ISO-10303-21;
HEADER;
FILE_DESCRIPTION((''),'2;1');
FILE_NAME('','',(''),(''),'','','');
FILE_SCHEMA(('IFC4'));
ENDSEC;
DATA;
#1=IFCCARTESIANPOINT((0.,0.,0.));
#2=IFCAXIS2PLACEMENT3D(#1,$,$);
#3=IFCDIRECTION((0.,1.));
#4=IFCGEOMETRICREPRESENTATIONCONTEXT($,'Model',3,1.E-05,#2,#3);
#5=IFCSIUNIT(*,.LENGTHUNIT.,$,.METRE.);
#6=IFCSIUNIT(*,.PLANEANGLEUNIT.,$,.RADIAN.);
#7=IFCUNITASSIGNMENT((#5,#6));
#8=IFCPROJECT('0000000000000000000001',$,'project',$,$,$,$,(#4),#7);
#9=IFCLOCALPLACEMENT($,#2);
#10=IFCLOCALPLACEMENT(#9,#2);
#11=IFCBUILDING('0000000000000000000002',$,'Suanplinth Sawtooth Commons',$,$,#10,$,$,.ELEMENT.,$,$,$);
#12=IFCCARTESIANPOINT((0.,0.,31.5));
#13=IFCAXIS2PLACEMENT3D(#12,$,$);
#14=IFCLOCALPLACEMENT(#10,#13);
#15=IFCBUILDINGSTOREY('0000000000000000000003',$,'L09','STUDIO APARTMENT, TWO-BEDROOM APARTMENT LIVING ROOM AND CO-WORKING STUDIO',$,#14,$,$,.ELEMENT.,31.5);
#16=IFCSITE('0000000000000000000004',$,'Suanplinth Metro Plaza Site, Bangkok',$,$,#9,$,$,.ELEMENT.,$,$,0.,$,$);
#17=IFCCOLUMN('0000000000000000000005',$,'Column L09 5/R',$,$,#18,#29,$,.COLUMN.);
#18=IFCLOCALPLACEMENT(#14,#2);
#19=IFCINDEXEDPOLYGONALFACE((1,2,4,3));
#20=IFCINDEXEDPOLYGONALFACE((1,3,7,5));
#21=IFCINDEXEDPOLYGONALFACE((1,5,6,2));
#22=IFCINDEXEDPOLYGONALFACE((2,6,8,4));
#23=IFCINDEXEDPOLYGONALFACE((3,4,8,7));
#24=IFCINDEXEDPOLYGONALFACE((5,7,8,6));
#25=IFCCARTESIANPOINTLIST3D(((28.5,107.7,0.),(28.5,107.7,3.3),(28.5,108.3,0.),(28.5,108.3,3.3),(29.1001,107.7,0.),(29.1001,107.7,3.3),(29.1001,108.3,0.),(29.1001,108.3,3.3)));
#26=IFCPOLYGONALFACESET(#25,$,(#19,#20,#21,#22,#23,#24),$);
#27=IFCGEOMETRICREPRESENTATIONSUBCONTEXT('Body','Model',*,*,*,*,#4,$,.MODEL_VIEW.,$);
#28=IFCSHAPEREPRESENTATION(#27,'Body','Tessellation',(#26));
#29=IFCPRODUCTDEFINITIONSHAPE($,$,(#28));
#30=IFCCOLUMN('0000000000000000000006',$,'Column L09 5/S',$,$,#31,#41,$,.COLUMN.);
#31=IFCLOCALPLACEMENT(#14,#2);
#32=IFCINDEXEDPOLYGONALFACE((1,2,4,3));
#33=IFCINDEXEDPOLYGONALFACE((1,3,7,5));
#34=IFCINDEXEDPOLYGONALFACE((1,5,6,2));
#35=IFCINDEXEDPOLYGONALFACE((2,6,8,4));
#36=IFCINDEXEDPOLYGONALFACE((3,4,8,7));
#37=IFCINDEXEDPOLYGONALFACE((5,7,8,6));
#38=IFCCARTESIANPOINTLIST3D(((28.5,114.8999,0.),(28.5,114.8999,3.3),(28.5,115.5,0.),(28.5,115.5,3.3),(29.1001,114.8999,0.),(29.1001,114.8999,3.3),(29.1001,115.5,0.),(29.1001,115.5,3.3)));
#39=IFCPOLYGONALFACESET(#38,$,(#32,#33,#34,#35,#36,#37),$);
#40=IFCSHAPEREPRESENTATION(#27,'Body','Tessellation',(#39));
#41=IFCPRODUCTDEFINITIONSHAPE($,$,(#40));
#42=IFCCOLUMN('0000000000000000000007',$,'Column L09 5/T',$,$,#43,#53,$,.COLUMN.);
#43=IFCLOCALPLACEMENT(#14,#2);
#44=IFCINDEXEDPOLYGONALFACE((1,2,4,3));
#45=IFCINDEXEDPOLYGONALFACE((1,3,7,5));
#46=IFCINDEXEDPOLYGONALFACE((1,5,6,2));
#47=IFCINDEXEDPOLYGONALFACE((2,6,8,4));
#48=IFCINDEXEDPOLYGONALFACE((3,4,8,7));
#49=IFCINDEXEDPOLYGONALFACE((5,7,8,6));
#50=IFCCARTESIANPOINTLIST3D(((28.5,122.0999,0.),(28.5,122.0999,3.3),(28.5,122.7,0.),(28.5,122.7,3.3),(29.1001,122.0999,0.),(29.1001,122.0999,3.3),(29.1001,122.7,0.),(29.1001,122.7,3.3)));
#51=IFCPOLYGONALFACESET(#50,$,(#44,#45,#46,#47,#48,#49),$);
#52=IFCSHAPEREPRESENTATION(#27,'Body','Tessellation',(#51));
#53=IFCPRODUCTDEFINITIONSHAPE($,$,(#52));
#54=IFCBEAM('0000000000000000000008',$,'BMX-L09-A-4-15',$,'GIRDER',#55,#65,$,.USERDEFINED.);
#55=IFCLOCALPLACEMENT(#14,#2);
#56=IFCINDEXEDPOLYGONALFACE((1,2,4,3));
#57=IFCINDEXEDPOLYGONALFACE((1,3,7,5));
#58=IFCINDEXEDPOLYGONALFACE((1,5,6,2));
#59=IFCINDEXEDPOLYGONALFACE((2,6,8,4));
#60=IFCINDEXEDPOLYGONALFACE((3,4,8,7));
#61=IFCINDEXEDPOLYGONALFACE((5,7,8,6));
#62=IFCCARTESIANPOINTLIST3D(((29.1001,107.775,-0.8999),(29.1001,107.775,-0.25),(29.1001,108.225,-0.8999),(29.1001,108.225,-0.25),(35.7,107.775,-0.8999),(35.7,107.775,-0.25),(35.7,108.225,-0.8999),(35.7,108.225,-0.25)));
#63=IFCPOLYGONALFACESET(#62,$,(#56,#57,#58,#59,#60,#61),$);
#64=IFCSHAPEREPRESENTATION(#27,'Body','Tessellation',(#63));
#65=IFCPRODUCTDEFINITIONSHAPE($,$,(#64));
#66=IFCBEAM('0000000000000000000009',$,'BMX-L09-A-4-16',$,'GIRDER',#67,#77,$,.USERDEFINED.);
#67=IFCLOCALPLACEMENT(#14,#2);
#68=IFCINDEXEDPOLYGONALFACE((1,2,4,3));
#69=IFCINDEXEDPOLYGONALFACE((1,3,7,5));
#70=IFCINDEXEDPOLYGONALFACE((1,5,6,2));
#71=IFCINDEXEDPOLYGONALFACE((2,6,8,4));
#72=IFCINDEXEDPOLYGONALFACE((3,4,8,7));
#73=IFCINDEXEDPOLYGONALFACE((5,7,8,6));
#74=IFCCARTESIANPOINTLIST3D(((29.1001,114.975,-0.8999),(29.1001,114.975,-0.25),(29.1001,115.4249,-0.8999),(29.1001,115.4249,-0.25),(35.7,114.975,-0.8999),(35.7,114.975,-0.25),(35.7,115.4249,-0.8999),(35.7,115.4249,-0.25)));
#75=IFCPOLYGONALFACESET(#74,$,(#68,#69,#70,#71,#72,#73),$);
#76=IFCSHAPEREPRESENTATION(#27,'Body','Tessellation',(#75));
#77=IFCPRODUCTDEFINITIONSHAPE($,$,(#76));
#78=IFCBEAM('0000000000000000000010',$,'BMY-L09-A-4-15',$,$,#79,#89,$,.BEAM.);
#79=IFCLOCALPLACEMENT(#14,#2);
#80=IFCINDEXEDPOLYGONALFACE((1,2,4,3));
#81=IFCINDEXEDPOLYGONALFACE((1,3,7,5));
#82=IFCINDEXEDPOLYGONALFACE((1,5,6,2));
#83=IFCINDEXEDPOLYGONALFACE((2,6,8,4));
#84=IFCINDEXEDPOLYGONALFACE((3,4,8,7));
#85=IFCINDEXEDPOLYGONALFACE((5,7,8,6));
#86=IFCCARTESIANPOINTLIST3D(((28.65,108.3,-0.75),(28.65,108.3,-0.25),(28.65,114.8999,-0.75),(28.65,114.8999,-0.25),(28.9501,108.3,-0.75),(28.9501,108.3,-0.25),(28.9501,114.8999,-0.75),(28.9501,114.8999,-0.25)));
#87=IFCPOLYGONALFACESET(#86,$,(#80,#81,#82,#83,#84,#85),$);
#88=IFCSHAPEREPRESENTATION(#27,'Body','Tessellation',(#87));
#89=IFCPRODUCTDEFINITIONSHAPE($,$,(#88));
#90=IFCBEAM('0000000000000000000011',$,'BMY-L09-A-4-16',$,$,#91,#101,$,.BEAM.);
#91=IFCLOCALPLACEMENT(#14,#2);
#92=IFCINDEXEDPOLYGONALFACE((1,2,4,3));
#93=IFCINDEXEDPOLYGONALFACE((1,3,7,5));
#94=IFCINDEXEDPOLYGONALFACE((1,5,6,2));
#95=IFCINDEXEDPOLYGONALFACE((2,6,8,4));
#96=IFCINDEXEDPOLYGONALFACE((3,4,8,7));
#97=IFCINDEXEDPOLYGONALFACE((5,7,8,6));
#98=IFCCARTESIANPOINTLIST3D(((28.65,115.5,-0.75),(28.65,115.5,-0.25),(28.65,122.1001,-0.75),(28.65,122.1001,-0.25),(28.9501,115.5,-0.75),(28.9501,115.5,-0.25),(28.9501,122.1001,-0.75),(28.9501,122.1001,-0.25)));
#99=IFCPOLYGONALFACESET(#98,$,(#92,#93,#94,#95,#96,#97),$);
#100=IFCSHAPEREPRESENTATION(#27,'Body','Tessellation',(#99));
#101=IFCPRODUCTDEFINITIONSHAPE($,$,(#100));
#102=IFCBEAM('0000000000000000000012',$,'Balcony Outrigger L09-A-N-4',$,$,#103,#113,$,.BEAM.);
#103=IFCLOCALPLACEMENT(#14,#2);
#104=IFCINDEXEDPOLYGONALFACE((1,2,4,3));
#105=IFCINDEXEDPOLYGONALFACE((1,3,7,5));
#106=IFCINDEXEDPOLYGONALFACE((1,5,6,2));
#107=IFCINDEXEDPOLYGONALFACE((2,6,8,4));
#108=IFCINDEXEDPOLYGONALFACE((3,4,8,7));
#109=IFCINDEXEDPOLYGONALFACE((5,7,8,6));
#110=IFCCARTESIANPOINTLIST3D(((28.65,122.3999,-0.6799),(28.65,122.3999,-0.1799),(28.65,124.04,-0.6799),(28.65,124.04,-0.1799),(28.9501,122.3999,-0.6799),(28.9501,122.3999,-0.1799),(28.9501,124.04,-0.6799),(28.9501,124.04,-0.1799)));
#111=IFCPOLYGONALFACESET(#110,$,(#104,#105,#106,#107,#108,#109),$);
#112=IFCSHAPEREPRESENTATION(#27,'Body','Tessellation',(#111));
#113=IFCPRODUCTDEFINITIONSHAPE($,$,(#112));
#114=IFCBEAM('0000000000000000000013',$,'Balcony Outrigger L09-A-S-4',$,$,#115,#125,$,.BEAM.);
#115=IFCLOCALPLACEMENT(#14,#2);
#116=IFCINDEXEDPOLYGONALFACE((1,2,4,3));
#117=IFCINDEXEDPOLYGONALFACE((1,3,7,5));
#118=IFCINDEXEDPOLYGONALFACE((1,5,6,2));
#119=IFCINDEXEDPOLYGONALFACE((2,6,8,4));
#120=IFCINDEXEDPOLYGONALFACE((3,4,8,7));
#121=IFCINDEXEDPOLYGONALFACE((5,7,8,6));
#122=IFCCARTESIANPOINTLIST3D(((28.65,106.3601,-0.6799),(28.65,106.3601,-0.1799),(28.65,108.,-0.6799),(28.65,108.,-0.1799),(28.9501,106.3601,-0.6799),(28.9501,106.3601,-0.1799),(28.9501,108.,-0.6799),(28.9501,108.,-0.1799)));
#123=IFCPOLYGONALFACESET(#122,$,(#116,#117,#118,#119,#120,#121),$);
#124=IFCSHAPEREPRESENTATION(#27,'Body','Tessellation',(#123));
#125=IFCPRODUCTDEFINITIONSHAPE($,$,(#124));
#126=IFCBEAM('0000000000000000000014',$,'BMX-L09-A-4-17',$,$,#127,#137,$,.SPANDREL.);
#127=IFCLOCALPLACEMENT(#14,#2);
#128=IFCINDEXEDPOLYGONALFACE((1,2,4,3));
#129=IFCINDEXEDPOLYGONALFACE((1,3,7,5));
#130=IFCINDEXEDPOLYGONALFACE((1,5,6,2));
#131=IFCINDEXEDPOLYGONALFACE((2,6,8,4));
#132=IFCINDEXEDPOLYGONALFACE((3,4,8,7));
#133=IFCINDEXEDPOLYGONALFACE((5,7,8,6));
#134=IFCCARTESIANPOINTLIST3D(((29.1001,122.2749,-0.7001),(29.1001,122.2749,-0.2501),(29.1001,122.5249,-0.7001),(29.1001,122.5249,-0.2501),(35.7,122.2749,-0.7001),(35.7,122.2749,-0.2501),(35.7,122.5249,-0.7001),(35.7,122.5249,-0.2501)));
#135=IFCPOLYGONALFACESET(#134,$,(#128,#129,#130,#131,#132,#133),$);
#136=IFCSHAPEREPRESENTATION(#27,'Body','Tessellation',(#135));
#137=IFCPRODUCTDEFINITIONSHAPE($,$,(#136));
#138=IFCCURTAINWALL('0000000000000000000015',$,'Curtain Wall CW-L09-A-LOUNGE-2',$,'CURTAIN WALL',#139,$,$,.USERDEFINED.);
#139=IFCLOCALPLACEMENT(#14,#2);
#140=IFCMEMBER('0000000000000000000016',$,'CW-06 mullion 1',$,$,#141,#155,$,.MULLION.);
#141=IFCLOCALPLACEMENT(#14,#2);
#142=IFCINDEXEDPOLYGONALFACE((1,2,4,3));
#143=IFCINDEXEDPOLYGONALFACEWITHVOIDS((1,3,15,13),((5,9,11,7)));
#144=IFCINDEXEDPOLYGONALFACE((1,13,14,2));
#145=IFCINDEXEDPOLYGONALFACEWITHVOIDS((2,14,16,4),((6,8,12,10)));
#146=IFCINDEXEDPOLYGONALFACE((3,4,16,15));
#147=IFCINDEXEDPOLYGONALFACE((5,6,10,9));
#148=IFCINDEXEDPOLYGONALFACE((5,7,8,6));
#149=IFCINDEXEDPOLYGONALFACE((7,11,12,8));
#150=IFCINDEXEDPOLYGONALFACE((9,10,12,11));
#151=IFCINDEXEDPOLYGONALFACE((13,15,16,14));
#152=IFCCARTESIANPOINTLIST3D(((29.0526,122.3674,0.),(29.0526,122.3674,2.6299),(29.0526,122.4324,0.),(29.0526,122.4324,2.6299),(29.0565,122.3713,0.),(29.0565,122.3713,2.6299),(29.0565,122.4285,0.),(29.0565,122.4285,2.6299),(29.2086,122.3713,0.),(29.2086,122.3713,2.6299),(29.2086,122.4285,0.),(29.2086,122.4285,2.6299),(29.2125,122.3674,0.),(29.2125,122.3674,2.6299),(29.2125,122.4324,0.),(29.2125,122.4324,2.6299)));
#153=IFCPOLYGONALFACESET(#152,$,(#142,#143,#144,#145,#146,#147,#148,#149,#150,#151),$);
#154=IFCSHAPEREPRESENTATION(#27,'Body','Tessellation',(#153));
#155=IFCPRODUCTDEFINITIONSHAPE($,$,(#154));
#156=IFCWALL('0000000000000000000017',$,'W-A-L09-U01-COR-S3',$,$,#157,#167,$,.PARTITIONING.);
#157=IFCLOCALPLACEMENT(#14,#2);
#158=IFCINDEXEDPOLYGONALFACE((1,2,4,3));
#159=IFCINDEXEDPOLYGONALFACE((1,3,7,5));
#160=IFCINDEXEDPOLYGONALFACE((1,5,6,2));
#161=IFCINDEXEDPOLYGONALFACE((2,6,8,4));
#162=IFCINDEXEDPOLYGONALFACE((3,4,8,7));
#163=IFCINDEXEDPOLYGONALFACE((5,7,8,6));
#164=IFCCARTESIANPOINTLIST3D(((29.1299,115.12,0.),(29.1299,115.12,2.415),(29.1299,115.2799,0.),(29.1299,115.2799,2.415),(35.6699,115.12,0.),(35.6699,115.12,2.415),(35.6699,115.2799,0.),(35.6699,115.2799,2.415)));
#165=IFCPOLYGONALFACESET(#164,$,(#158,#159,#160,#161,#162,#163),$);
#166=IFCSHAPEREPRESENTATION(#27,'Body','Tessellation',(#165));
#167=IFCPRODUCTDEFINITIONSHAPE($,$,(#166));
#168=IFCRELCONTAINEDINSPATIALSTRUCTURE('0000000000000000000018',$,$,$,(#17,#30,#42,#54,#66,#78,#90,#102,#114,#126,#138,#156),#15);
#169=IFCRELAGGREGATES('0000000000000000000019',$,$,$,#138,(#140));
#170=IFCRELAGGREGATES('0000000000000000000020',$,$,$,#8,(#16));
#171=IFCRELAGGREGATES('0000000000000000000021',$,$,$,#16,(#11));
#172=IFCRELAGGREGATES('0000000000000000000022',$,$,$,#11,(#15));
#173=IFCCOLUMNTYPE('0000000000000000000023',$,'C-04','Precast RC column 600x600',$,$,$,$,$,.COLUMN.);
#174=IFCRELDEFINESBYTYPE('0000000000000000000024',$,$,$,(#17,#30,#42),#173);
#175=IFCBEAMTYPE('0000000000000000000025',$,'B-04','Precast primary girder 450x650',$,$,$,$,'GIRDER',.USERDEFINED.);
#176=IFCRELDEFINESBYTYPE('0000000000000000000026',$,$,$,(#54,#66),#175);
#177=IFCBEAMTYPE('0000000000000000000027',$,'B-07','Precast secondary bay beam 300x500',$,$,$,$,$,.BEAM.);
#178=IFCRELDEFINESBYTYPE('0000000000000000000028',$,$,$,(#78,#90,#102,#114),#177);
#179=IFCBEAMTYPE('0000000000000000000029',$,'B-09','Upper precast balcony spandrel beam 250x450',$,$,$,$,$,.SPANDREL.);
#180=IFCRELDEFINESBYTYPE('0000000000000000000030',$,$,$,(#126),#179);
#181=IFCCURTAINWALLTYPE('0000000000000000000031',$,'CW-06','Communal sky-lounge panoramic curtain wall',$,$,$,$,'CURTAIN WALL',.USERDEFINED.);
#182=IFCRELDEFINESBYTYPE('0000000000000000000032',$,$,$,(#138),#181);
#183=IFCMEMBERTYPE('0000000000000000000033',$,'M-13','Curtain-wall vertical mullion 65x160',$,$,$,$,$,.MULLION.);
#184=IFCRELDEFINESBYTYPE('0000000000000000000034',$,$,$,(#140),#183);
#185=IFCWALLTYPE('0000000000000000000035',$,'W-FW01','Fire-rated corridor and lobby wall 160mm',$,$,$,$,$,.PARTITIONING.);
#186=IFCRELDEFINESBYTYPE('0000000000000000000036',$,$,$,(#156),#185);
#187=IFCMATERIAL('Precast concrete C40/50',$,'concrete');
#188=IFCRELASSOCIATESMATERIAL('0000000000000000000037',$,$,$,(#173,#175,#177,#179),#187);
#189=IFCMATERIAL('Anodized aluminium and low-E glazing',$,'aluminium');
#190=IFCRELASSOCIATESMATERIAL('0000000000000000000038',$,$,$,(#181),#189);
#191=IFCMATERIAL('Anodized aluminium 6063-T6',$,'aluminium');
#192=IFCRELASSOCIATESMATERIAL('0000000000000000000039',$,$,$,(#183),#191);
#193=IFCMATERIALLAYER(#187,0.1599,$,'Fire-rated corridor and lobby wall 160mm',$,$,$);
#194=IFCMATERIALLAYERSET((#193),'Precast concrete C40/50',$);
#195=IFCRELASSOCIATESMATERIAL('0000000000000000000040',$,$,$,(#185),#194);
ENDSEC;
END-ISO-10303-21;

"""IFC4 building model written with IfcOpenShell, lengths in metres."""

from ifc_helpers import new_model, si_unit, direction, frame, frame_2d, origin, origin_2d, place, context, subcontext, project, spatial, rectangle, hollow_rectangle, extrude, material, layer, layer_set, material_profile, profile_set, type_object, element, aggregate, save


model = new_model("IFC4")

# Units and contexts
model_context = context("Model", 3, precision=1e-05, world=origin(), true_north=direction((0.0, 1.0)))
body_context = subcontext(model_context, "Body", "Model", "MODEL_VIEW")
ifc_project = project(units=[si_unit("LENGTHUNIT", "METRE"), si_unit("PLANEANGLEUNIT", "RADIAN")], contexts=[model_context])

# Site, building, storey
site_placement = place(None, origin())
site = spatial("IfcSite", under=ifc_project, at=site_placement, Name="Suanplinth Metro Plaza Site, Bangkok", CompositionType="ELEMENT", RefElevation=0.0)
building_placement = place(site_placement, origin())
building = spatial("IfcBuilding", under=site, at=building_placement, Name="Suanplinth Sawtooth Commons", CompositionType="ELEMENT")
storey_placement = place(building_placement, frame((0.0, 0.0, 31.5)))
storey = spatial("IfcBuildingStorey", under=building, at=storey_placement, Name="L09", Description="STUDIO APARTMENT, TWO-BEDROOM APARTMENT LIVING ROOM AND CO-WORKING STUDIO", CompositionType="ELEMENT", Elevation=31.5)

# Columns
ifc_material_1 = material(Name="Precast concrete C40/50", Category="concrete")
ifc_material_profile_1 = material_profile(ifc_material_1, rectangle(XDim=0.6001, YDim=0.6001, at=origin_2d()), Name="PC-COL 600x600")
ifc_profile_set_1 = profile_set([ifc_material_profile_1], Name="Precast concrete C40/50")
column_type = type_object("IfcColumnType", Name="C-04", Description="Precast RC column 600x600", PredefinedType="COLUMN", material=ifc_profile_set_1)
for number, where, z_axis, x_axis, name in (
    (1, (28.8, 108.0, 0.0), (0.0, 0.0, 1.0), (1.0, 0.0, 0.0), "Column L09 5/R"),
    (2, (28.8, 115.2, 0.0), (0.0, 0.0, 1.0), (1.0, 0.0, 0.0), "Column L09 5/S"),
    (3, (28.8, 122.3999, 0.0), (0.0, 0.0, 1.0), (1.0, 0.0, 0.0), "Column L09 5/T"),
):
    element("IfcColumn", number, at=place(storey_placement, frame(where, z_axis=z_axis, x_axis=x_axis)), inside=storey, type_object=column_type, Name=name, PredefinedType="COLUMN", context=body_context, shape_type="SweptSolid", body=[
        extrude(rectangle(XDim=0.6001, YDim=0.6001, at=origin_2d()), origin(), (0.0, 0.0, 1.0), 3.3),
    ])

# Beams
ifc_material_profile_2 = material_profile(ifc_material_1, rectangle(XDim=0.45, YDim=0.6499, at=origin_2d()), Name="PC-GDR 450x650")
ifc_profile_set_2 = profile_set([ifc_material_profile_2], Name="Precast concrete C40/50")
beam_type_1 = type_object("IfcBeamType", Name="B-04", Description="Precast primary girder 450x650", ElementType="GIRDER", PredefinedType="USERDEFINED", material=ifc_profile_set_2)
for number, where, z_axis, x_axis, name in (
    (4, (29.1001, 108.0, -0.575), (1.0, 0.0, 0.0), (0.0, 1.0, 0.0), "BMX-L09-A-4-15"),
    (5, (29.1001, 115.2, -0.575), (1.0, 0.0, 0.0), (0.0, 1.0, 0.0), "BMX-L09-A-4-16"),
):
    element("IfcBeam", number, at=place(storey_placement, frame(where, z_axis=z_axis, x_axis=x_axis)), inside=storey, type_object=beam_type_1, Name=name, ObjectType="GIRDER", PredefinedType="USERDEFINED", context=body_context, shape_type="SweptSolid", body=[
        extrude(rectangle(XDim=0.45, YDim=0.6499, at=origin_2d()), origin(), (0.0, 0.0, 1.0), 6.5999),
    ])
ifc_material_profile_3 = material_profile(ifc_material_1, rectangle(XDim=0.3, YDim=0.5, at=origin_2d()), Name="PC-BM 300x500")
ifc_profile_set_3 = profile_set([ifc_material_profile_3], Name="Precast concrete C40/50")
beam_type_2 = type_object("IfcBeamType", Name="B-07", Description="Precast secondary bay beam 300x500", PredefinedType="BEAM", material=ifc_profile_set_3)
beam_1_placement = place(storey_placement, frame((28.8, 108.3, -0.5), z_axis=(0.0, 1.0, 0.0), x_axis=(-1.0, 0.0, 0.0)))
element("IfcBeam", 6, at=beam_1_placement, inside=storey, type_object=beam_type_2, Name="BMY-L09-A-4-15", PredefinedType="BEAM", context=body_context, shape_type="SweptSolid", body=[
    extrude(rectangle(XDim=0.3, YDim=0.5, at=origin_2d()), origin(), (0.0, 0.0, 1.0), 6.5999),
])
beam_2_placement = place(storey_placement, frame((28.8, 115.5, -0.5), z_axis=(0.0, 1.0, 0.0), x_axis=(-1.0, 0.0, 0.0)))
element("IfcBeam", 7, at=beam_2_placement, inside=storey, type_object=beam_type_2, Name="BMY-L09-A-4-16", PredefinedType="BEAM", context=body_context, shape_type="SweptSolid", body=[
    extrude(rectangle(XDim=0.3, YDim=0.5, at=origin_2d()), origin(), (0.0, 0.0, 1.0), 6.6001),
])
beam_3_placement = place(storey_placement, frame((28.8, 122.3999, -0.4299), z_axis=(0.0, 1.0, 0.0), x_axis=(-1.0, 0.0, 0.0)))
element("IfcBeam", 8, at=beam_3_placement, inside=storey, type_object=beam_type_2, Name="Balcony Outrigger L09-A-N-4", PredefinedType="BEAM", context=body_context, shape_type="SweptSolid", body=[
    extrude(rectangle(XDim=0.3, YDim=0.5, at=origin_2d()), origin(), (0.0, 0.0, 1.0), 1.6401),
])
beam_4_placement = place(storey_placement, frame((28.8, 108.0, -0.4299), z_axis=(0.0, -1.0, 0.0), x_axis=(1.0, 0.0, 0.0)))
element("IfcBeam", 9, at=beam_4_placement, inside=storey, type_object=beam_type_2, Name="Balcony Outrigger L09-A-S-4", PredefinedType="BEAM", context=body_context, shape_type="SweptSolid", body=[
    extrude(rectangle(XDim=0.3, YDim=0.5, at=origin_2d()), origin(), (0.0, 0.0, 1.0), 1.6399),
])
ifc_material_profile_4 = material_profile(ifc_material_1, rectangle(XDim=0.25, YDim=0.45, at=origin_2d()), Name="PC-SP 250x450")
ifc_profile_set_4 = profile_set([ifc_material_profile_4], Name="Precast concrete C40/50")
beam_type_3 = type_object("IfcBeamType", Name="B-09", Description="Upper precast balcony spandrel beam 250x450", PredefinedType="SPANDREL", material=ifc_profile_set_4)
beam_5_placement = place(storey_placement, frame((29.1001, 122.3999, -0.4751), z_axis=(1.0, 0.0, 0.0), x_axis=(0.0, 1.0, 0.0)))
element("IfcBeam", 10, at=beam_5_placement, inside=storey, type_object=beam_type_3, Name="BMX-L09-A-4-17", PredefinedType="SPANDREL", context=body_context, shape_type="SweptSolid", body=[
    extrude(rectangle(XDim=0.25, YDim=0.45, at=origin_2d()), origin(), (0.0, 0.0, 1.0), 6.5999),
])

# Curtain wall, member
ifc_material_2 = material(Name="Anodized aluminium and low-E glazing", Category="aluminium")
curtain_wall_type = type_object("IfcCurtainWallType", Name="CW-06", Description="Communal sky-lounge panoramic curtain wall", ElementType="CURTAIN WALL", PredefinedType="USERDEFINED", material=ifc_material_2)
curtain_wall_placement = place(storey_placement, origin())
curtain_wall = element("IfcCurtainWall", 11, at=curtain_wall_placement, inside=storey, type_object=curtain_wall_type, Name="Curtain Wall CW-L09-A-LOUNGE-2", ObjectType="CURTAIN WALL", PredefinedType="USERDEFINED")
ifc_material_3 = material(Name="Anodized aluminium 6063-T6", Category="aluminium")
ifc_material_profile_5 = material_profile(ifc_material_3, hollow_rectangle(XDim=0.0649, YDim=0.1599, WallThickness=0.0039, at=origin_2d()), Name="ALU-MUL 65x160")
ifc_profile_set_5 = profile_set([ifc_material_profile_5], Name="Anodized aluminium 6063-T6")
member_type = type_object("IfcMemberType", Name="M-13", Description="Curtain-wall vertical mullion 65x160", PredefinedType="MULLION", material=ifc_profile_set_5)
member_placement = place(storey_placement, frame((29.1326, 122.3999, 0.0), z_axis=(0.0, 0.0, 1.0), x_axis=(0.0, 1.0, 0.0)))
member = element("IfcMember", 12, at=member_placement, type_object=member_type, Name="CW-06 mullion 1", PredefinedType="MULLION", context=body_context, shape_type="SweptSolid", body=[
    extrude(hollow_rectangle(XDim=0.0649, YDim=0.1599, WallThickness=0.0039, at=origin_2d()), origin(), (0.0, 0.0, 1.0), 2.6299),
])
aggregate(curtain_wall, [member])

# Wall
ifc_layer_1 = layer(ifc_material_1, 0.1599, Name="Fire-rated corridor and lobby wall 160mm")
ifc_layer_set_1 = layer_set([ifc_layer_1], Name="Precast concrete C40/50")
wall_type_1 = type_object("IfcWallType", Name="W-FW01", Description="Fire-rated corridor and lobby wall 160mm", PredefinedType="PARTITIONING", material=ifc_layer_set_1)
wall_1_placement = place(storey_placement, frame((29.1299, 115.2, 0.0), z_axis=(0.0, 0.0, 1.0), x_axis=(1.0, 0.0, 0.0)))
element("IfcWall", 13, at=wall_1_placement, inside=storey, type_object=wall_type_1, Name="W-A-L09-U01-COR-S3", PredefinedType="PARTITIONING", context=body_context, shape_type="SweptSolid", body=[
    extrude(rectangle(XDim=6.54, YDim=0.1599, at=frame_2d((3.27, 0.0))), origin(), (0.0, 0.0, 1.0), 2.415),
])

save(model, "model.ifc")
